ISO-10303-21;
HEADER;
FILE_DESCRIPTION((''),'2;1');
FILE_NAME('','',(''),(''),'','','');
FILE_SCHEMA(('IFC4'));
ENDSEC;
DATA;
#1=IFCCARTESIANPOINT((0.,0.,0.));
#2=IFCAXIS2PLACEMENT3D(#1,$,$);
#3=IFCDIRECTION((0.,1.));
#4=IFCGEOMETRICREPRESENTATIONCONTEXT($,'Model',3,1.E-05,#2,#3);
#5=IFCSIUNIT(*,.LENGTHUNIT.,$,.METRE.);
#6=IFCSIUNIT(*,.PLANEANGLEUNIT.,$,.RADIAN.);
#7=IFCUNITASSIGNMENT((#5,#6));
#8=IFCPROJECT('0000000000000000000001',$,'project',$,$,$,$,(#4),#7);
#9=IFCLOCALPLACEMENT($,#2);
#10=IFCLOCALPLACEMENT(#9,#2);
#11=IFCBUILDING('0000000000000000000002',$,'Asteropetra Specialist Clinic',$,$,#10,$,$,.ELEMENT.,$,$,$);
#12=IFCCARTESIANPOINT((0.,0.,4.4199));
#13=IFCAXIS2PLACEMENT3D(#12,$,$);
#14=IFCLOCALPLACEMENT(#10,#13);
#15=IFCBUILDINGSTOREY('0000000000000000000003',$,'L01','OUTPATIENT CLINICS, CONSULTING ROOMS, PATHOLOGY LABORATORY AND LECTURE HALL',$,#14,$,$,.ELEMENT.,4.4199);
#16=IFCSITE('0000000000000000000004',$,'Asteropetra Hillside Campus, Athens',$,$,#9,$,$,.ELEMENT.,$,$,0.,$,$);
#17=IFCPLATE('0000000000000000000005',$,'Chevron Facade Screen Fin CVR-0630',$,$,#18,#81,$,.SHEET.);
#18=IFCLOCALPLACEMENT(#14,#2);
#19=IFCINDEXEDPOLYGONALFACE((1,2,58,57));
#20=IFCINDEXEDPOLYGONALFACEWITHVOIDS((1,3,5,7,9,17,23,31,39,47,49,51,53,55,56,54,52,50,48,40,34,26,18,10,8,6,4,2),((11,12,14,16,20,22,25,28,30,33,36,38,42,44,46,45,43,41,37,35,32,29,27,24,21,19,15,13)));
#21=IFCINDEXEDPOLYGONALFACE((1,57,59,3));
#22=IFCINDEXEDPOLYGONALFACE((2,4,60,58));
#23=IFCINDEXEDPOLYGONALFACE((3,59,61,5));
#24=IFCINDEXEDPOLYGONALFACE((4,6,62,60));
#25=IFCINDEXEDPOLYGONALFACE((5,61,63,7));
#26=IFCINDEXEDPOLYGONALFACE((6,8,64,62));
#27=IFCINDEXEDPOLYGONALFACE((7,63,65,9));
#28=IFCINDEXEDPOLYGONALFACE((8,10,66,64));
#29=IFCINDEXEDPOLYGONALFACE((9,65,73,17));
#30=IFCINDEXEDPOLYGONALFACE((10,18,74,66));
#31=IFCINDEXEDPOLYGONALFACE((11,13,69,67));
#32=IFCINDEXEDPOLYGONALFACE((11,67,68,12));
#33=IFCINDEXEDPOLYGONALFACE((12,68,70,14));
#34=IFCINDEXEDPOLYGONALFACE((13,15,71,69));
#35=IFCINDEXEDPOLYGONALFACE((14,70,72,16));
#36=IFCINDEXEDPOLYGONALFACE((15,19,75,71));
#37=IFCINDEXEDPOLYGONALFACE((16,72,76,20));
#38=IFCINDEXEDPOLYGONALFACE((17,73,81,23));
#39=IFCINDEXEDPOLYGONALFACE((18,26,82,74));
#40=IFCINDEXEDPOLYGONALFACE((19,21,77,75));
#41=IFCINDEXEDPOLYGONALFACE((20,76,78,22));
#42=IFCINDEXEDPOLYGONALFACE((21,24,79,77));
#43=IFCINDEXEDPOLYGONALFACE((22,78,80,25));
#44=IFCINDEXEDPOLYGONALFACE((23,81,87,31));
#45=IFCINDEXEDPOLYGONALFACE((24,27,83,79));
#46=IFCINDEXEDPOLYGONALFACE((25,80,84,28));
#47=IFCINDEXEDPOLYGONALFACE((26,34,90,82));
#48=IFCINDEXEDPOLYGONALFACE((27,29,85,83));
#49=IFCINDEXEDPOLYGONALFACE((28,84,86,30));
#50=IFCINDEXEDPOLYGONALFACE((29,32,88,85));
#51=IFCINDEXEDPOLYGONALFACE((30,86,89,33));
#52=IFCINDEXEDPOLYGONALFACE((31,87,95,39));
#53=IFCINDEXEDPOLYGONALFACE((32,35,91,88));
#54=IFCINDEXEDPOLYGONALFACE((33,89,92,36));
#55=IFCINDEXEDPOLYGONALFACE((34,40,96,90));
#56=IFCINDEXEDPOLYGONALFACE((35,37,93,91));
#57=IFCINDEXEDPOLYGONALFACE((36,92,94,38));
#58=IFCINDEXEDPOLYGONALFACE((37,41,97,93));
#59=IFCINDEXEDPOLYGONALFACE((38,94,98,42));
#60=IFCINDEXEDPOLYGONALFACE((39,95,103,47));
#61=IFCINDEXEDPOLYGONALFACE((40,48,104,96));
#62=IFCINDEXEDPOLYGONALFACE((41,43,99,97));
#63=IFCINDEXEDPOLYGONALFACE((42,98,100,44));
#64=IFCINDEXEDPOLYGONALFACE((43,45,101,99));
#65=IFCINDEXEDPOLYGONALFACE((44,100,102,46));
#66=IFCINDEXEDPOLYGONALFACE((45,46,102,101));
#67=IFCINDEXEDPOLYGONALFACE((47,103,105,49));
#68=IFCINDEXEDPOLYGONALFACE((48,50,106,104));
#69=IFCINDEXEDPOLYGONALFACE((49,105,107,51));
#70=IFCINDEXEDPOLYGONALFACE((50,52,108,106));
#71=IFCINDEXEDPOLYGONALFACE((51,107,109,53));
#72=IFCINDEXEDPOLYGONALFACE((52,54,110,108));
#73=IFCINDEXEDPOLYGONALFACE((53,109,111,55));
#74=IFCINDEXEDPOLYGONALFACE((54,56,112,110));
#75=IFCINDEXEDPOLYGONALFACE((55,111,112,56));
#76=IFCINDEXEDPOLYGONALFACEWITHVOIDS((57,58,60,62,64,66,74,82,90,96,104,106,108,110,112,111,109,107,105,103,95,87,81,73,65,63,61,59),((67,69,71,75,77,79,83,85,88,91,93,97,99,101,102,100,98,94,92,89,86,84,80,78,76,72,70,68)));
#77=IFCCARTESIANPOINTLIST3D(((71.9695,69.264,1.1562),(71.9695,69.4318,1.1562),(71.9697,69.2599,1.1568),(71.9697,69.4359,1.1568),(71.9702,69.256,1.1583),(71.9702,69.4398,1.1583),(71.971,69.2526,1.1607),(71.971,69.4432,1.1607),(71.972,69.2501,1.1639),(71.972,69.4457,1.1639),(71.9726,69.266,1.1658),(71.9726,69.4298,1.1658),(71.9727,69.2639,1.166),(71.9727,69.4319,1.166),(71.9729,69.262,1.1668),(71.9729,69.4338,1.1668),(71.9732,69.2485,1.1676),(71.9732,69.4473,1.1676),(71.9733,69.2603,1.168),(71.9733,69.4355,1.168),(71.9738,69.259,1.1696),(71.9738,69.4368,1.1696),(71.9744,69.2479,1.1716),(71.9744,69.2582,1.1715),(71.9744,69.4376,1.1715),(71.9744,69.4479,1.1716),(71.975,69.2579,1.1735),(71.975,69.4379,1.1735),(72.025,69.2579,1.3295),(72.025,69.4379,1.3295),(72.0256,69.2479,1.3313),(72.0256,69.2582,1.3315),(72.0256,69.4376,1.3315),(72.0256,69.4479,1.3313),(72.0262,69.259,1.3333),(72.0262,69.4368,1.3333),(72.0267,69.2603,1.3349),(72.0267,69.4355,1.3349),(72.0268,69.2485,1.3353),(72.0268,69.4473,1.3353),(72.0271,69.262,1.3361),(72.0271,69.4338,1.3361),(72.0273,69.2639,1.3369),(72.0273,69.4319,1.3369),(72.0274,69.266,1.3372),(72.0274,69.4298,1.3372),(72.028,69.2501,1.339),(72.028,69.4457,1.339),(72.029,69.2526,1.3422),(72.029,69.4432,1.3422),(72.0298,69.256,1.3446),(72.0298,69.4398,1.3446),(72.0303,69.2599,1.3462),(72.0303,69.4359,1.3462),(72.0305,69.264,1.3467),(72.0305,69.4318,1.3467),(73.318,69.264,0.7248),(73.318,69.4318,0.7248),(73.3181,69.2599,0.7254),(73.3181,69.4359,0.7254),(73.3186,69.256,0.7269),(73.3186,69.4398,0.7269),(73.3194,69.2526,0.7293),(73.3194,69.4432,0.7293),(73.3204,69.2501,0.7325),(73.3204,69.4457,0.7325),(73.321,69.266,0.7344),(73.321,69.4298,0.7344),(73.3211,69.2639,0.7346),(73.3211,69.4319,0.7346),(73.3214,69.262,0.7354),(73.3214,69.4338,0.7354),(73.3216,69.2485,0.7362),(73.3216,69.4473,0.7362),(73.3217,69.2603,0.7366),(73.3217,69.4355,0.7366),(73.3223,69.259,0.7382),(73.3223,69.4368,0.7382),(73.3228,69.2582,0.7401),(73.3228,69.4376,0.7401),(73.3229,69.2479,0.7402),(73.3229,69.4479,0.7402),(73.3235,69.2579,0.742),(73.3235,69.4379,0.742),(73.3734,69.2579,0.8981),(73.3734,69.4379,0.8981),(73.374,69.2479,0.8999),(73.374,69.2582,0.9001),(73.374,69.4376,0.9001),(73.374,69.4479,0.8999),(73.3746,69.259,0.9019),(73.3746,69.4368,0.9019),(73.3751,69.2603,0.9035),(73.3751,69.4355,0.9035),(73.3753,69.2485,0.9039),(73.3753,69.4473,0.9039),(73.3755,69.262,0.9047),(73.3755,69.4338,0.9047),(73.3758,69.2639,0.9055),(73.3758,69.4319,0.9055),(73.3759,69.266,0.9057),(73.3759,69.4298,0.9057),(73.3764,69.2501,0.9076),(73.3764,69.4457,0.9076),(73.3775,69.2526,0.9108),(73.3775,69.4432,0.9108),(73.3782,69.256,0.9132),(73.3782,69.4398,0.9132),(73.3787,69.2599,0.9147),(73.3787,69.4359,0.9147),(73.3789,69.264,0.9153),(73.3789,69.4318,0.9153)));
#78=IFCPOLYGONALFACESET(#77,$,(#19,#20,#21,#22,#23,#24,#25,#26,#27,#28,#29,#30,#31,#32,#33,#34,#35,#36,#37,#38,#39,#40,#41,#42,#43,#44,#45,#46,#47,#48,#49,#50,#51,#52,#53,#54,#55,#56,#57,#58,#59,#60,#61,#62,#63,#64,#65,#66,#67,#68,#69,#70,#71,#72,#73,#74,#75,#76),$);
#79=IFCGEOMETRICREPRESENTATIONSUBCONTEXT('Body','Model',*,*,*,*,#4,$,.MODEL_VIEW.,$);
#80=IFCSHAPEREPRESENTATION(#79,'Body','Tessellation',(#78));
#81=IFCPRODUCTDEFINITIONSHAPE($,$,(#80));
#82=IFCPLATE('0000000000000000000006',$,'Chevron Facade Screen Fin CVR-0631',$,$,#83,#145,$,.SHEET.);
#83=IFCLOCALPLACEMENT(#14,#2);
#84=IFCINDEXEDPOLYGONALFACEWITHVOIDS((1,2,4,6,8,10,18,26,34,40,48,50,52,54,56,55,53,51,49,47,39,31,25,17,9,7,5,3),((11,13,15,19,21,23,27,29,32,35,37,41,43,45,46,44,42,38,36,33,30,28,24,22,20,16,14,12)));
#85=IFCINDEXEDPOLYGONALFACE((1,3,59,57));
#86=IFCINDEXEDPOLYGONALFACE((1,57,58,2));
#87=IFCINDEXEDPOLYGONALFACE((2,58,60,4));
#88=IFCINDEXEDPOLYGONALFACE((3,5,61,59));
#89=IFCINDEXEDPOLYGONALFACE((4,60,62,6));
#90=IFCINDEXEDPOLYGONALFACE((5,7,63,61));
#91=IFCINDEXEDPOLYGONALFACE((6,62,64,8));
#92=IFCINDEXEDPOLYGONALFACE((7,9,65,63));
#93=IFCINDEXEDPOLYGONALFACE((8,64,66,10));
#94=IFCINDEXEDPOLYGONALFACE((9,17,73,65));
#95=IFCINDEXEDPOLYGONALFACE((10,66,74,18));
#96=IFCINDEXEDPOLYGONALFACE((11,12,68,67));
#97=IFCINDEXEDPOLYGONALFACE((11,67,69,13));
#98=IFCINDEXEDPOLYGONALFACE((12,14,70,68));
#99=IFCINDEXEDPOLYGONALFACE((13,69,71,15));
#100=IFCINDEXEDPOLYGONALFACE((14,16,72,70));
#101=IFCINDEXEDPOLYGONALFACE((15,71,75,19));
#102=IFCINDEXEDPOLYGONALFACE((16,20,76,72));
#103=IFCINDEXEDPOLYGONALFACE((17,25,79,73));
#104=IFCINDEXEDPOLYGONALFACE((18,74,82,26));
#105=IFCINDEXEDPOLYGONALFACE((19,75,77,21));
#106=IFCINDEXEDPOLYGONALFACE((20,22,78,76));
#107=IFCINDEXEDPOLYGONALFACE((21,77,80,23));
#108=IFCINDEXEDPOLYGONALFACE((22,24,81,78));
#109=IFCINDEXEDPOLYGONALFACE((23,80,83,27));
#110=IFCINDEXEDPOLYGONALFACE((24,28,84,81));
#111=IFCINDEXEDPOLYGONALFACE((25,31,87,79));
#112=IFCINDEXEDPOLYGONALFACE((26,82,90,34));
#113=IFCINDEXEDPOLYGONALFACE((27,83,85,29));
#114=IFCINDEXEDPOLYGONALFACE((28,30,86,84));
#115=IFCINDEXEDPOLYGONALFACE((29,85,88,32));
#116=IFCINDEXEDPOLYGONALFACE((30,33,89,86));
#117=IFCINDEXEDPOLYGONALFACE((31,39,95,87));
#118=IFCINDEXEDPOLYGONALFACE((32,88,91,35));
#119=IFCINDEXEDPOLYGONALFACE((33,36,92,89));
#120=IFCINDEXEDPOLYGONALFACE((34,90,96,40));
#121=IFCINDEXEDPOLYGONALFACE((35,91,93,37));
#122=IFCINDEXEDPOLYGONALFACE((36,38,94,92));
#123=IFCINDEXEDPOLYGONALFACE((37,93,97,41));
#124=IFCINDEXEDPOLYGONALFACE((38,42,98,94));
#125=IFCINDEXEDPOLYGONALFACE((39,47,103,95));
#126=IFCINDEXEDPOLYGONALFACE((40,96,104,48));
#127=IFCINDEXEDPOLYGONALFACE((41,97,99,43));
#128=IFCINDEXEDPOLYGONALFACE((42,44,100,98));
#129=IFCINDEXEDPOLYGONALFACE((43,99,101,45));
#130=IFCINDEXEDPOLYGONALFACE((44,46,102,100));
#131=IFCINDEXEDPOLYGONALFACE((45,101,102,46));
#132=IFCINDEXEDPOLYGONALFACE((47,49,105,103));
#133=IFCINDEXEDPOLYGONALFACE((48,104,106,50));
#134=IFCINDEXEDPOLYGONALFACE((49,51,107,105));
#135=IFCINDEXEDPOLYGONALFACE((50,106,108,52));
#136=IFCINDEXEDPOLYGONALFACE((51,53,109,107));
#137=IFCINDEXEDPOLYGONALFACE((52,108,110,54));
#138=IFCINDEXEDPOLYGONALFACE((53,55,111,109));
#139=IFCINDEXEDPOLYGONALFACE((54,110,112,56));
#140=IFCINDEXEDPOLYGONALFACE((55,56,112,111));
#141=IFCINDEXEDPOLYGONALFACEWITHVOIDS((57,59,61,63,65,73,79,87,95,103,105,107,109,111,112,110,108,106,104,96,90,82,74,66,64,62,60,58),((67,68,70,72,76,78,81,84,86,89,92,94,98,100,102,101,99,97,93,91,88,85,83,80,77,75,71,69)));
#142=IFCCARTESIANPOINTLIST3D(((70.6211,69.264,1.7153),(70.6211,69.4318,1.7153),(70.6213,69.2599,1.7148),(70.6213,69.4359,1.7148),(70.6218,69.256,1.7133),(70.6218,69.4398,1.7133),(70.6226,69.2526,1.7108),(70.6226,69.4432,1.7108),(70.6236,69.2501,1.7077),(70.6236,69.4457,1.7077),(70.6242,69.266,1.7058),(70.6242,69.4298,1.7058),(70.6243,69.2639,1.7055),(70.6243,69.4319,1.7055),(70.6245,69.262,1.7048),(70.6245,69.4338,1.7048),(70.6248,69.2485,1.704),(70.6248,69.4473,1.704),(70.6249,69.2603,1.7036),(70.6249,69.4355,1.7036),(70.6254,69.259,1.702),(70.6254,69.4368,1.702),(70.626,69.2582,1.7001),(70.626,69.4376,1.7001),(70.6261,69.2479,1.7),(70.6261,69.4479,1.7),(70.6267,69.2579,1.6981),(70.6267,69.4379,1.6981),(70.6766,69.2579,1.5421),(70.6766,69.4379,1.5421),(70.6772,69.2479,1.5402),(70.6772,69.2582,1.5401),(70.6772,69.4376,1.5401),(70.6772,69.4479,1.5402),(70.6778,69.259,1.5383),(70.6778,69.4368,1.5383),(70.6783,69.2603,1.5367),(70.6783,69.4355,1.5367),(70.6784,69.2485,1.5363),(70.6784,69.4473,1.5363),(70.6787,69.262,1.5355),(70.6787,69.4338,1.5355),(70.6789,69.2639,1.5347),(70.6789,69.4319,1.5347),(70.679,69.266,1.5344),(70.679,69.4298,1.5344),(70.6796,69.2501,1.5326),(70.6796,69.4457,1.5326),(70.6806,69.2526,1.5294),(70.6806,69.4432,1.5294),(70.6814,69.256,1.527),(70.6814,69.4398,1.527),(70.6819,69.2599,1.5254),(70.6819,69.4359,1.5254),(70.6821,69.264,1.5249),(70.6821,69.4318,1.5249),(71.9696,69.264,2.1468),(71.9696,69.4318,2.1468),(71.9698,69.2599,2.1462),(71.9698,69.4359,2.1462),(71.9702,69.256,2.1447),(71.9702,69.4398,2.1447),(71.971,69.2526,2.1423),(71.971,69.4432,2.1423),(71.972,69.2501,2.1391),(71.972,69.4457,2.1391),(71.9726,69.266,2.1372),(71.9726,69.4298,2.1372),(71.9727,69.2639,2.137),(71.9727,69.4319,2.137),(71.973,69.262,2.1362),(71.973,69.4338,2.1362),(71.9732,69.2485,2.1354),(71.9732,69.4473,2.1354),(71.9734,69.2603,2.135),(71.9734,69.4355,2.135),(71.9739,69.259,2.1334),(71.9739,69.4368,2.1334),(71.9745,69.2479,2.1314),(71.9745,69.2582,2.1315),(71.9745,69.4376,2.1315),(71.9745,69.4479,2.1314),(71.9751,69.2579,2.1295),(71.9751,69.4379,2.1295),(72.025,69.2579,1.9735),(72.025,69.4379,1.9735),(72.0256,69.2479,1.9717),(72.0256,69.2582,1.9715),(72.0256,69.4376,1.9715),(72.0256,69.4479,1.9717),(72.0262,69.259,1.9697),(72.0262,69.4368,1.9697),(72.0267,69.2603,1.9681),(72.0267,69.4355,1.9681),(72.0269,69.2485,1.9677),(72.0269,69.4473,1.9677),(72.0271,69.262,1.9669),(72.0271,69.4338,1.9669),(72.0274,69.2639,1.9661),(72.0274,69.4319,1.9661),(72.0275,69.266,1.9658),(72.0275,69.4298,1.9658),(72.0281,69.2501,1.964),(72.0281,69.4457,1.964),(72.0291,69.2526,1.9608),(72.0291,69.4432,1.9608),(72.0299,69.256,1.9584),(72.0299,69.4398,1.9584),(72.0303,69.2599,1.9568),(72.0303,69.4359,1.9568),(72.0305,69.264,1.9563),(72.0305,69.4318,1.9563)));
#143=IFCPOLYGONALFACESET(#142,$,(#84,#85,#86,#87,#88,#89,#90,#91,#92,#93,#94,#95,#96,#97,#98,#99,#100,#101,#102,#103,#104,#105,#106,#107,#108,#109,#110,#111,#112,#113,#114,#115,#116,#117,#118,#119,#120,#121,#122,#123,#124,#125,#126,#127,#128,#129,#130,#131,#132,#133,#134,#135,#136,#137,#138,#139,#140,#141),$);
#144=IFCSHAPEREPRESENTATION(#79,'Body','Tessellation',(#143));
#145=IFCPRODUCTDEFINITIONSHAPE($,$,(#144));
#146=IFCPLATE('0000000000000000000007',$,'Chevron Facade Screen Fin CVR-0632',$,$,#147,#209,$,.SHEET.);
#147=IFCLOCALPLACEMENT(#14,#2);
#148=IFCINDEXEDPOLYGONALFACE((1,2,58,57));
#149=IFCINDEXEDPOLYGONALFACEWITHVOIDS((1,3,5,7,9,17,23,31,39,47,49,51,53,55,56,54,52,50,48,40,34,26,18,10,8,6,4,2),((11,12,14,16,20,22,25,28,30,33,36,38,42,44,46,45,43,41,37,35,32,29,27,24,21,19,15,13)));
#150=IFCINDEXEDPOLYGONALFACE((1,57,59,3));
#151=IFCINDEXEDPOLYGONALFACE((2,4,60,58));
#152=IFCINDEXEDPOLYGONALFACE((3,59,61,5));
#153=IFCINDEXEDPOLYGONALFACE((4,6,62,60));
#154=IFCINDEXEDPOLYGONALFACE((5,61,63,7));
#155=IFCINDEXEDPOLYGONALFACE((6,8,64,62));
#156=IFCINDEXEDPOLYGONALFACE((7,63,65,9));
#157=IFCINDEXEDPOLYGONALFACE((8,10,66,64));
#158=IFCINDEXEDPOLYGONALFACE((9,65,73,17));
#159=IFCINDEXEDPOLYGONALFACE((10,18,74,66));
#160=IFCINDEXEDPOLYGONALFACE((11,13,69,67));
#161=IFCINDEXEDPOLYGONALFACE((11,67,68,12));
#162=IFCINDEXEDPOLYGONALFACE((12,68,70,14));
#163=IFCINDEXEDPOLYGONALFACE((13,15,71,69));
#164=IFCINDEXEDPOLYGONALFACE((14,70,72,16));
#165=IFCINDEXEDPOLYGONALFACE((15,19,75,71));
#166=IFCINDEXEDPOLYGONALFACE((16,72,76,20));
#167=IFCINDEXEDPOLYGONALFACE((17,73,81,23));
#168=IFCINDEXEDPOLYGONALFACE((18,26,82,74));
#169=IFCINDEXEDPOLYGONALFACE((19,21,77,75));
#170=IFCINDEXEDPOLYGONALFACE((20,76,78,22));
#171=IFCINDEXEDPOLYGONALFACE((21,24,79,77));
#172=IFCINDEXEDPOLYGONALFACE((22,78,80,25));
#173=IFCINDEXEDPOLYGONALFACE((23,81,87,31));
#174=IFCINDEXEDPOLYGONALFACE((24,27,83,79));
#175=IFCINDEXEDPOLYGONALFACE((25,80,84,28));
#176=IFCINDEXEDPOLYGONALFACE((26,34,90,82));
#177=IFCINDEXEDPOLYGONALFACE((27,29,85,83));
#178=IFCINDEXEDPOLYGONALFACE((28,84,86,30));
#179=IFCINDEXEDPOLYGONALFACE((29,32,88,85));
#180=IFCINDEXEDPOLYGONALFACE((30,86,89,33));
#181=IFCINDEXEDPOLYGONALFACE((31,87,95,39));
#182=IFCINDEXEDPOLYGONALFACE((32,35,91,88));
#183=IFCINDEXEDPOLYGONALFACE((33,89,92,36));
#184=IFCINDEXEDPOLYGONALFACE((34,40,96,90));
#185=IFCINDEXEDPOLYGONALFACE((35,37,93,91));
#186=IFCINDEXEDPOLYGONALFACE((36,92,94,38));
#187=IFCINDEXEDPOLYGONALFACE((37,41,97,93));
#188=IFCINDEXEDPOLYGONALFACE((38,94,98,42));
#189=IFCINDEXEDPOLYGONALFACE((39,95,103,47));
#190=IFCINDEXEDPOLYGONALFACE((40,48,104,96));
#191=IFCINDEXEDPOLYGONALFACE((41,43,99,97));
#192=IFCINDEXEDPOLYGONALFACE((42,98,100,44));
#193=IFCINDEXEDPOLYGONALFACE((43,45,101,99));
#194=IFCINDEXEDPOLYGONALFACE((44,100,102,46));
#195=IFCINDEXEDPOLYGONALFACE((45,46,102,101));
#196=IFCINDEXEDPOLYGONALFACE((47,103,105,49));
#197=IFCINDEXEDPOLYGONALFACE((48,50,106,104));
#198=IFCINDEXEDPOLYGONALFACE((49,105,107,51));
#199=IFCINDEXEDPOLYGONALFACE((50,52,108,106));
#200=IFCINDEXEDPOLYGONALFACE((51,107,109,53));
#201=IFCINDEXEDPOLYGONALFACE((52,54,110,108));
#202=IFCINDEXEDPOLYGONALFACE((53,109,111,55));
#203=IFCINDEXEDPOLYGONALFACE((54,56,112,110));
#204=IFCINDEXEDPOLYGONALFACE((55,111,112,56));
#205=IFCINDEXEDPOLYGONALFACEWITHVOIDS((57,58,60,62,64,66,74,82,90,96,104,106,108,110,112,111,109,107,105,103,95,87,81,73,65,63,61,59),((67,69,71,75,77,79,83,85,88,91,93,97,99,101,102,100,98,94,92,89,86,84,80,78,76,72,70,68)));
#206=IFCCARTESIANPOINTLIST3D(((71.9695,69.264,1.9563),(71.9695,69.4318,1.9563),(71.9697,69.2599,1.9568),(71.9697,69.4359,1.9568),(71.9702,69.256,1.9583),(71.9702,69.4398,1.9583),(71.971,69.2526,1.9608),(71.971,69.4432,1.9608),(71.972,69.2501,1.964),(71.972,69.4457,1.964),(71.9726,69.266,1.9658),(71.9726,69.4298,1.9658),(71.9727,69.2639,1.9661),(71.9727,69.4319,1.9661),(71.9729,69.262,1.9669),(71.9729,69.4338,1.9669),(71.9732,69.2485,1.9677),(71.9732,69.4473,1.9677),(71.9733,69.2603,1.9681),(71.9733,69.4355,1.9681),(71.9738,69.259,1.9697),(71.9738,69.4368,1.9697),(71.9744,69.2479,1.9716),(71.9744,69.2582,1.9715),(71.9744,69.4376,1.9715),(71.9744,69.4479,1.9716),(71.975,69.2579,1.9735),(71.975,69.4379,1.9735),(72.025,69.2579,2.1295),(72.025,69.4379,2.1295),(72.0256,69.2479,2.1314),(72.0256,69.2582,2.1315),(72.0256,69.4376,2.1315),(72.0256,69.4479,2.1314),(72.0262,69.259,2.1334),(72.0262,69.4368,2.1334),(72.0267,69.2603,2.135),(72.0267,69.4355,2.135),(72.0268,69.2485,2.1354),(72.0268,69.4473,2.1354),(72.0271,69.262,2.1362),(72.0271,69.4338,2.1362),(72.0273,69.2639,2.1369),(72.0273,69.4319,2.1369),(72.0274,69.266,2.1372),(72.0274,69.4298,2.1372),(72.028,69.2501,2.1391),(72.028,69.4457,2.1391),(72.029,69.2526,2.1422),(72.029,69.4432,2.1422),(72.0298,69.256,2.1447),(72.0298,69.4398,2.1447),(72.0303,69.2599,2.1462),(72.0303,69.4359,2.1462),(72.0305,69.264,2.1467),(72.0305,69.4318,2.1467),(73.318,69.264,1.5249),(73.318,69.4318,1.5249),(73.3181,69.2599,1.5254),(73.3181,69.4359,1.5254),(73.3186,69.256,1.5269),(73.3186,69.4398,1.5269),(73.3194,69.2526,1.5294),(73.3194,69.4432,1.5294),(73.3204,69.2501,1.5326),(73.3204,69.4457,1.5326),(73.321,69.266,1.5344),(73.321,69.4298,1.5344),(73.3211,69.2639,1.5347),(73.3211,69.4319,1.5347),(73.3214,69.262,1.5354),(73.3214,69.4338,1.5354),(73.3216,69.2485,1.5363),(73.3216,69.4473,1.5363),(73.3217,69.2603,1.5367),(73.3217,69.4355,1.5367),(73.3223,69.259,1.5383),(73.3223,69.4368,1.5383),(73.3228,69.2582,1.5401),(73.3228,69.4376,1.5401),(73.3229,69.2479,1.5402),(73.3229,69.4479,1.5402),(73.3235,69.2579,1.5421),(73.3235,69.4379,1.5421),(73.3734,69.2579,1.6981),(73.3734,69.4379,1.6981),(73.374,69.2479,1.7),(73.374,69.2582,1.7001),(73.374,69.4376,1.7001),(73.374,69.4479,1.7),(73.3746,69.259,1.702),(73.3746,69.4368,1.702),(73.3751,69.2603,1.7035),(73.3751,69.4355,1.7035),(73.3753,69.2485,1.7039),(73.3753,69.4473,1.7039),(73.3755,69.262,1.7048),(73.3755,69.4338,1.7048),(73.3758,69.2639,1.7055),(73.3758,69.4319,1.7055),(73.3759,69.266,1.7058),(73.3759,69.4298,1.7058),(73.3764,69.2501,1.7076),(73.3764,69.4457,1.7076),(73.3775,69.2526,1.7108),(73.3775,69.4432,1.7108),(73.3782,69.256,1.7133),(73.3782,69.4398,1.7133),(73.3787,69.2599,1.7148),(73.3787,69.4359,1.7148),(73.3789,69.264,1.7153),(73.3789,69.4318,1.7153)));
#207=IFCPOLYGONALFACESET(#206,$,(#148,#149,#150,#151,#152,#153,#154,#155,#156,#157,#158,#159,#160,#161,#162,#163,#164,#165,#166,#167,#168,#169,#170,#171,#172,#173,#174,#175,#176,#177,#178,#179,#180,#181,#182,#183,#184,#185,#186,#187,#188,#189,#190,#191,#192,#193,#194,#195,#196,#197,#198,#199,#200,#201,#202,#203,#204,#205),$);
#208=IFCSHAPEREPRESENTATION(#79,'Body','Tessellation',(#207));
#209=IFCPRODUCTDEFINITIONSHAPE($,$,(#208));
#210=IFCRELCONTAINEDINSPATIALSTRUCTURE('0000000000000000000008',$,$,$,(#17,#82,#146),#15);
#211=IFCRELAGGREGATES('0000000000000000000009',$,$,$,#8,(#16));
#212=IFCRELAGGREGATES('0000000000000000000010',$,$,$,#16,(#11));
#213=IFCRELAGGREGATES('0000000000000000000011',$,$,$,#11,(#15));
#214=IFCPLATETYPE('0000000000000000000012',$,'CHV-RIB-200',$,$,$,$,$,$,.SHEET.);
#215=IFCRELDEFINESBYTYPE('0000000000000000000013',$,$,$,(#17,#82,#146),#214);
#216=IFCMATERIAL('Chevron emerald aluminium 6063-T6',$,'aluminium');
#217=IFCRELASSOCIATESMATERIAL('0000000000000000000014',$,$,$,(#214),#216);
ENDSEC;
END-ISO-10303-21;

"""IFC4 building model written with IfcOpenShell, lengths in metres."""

from ifc_helpers import new_model, si_unit, direction, frame, origin, origin_2d, place, context, subcontext, project, spatial, hollow_rectangle, extrude, material, material_profile, profile_set, type_object, element, save


model = new_model("IFC4")

# Units and contexts
model_context = context("Model", 3, precision=1e-05, world=origin(), true_north=direction((0.0, 1.0)))
body_context = subcontext(model_context, "Body", "Model", "MODEL_VIEW")
ifc_project = project(units=[si_unit("LENGTHUNIT", "METRE"), si_unit("PLANEANGLEUNIT", "RADIAN")], contexts=[model_context])

# Site, building, storey
site_placement = place(None, origin())
site = spatial("IfcSite", under=ifc_project, at=site_placement, Name="Asteropetra Hillside Campus, Athens", CompositionType="ELEMENT", RefElevation=0.0)
building_placement = place(site_placement, origin())
building = spatial("IfcBuilding", under=site, at=building_placement, Name="Asteropetra Specialist Clinic", CompositionType="ELEMENT")
storey_placement = place(building_placement, frame((0.0, 0.0, 4.4199)))
storey = spatial("IfcBuildingStorey", under=building, at=storey_placement, Name="L01", Description="OUTPATIENT CLINICS, CONSULTING ROOMS, PATHOLOGY LABORATORY AND LECTURE HALL", CompositionType="ELEMENT", Elevation=4.4199)

# Plates
ifc_material_1 = material(Name="Chevron emerald aluminium 6063-T6", Category="aluminium")
ifc_material_profile_1 = material_profile(ifc_material_1, hollow_rectangle(XDim=0.2, YDim=0.2, WallThickness=0.01, InnerFilletRadius=0.0081, OuterFilletRadius=0.0161, at=origin_2d()), Name="SHS 200x200x10.0")
ifc_profile_set_1 = profile_set([ifc_material_profile_1], Name="Chevron emerald aluminium 6063-T6")
plate_type_1 = type_object("IfcPlateType", Name="CHV-RIB-200", PredefinedType="SHEET", material=ifc_profile_set_1)
for number, where, z_axis, x_axis, name in (
    (1, (72.0, 69.3479, 1.2515), (0.952442, 0.0, -0.304719), (0.0, 1.0, 0.0), "Chevron Facade Screen Fin CVR-0630"),
    (2, (70.6516, 69.3479, 1.6201), (0.952442, 0.0, 0.304719), (0.0, 1.0, 0.0), "Chevron Facade Screen Fin CVR-0631"),
    (3, (72.0, 69.3479, 2.0515), (0.952442, 0.0, -0.304719), (0.0, 1.0, 0.0), "Chevron Facade Screen Fin CVR-0632"),
):
    element("IfcPlate", number, at=place(storey_placement, frame(where, z_axis=z_axis, x_axis=x_axis)), inside=storey, type_object=plate_type_1, Name=name, PredefinedType="SHEET", context=body_context, shape_type="SweptSolid", body=[
        extrude(hollow_rectangle(XDim=0.2, YDim=0.2, WallThickness=0.01, InnerFilletRadius=0.0081, OuterFilletRadius=0.0161, at=origin_2d()), origin(), (0.0, 0.0, 1.0), 1.4158),
    ])

save(model, "model.ifc")
